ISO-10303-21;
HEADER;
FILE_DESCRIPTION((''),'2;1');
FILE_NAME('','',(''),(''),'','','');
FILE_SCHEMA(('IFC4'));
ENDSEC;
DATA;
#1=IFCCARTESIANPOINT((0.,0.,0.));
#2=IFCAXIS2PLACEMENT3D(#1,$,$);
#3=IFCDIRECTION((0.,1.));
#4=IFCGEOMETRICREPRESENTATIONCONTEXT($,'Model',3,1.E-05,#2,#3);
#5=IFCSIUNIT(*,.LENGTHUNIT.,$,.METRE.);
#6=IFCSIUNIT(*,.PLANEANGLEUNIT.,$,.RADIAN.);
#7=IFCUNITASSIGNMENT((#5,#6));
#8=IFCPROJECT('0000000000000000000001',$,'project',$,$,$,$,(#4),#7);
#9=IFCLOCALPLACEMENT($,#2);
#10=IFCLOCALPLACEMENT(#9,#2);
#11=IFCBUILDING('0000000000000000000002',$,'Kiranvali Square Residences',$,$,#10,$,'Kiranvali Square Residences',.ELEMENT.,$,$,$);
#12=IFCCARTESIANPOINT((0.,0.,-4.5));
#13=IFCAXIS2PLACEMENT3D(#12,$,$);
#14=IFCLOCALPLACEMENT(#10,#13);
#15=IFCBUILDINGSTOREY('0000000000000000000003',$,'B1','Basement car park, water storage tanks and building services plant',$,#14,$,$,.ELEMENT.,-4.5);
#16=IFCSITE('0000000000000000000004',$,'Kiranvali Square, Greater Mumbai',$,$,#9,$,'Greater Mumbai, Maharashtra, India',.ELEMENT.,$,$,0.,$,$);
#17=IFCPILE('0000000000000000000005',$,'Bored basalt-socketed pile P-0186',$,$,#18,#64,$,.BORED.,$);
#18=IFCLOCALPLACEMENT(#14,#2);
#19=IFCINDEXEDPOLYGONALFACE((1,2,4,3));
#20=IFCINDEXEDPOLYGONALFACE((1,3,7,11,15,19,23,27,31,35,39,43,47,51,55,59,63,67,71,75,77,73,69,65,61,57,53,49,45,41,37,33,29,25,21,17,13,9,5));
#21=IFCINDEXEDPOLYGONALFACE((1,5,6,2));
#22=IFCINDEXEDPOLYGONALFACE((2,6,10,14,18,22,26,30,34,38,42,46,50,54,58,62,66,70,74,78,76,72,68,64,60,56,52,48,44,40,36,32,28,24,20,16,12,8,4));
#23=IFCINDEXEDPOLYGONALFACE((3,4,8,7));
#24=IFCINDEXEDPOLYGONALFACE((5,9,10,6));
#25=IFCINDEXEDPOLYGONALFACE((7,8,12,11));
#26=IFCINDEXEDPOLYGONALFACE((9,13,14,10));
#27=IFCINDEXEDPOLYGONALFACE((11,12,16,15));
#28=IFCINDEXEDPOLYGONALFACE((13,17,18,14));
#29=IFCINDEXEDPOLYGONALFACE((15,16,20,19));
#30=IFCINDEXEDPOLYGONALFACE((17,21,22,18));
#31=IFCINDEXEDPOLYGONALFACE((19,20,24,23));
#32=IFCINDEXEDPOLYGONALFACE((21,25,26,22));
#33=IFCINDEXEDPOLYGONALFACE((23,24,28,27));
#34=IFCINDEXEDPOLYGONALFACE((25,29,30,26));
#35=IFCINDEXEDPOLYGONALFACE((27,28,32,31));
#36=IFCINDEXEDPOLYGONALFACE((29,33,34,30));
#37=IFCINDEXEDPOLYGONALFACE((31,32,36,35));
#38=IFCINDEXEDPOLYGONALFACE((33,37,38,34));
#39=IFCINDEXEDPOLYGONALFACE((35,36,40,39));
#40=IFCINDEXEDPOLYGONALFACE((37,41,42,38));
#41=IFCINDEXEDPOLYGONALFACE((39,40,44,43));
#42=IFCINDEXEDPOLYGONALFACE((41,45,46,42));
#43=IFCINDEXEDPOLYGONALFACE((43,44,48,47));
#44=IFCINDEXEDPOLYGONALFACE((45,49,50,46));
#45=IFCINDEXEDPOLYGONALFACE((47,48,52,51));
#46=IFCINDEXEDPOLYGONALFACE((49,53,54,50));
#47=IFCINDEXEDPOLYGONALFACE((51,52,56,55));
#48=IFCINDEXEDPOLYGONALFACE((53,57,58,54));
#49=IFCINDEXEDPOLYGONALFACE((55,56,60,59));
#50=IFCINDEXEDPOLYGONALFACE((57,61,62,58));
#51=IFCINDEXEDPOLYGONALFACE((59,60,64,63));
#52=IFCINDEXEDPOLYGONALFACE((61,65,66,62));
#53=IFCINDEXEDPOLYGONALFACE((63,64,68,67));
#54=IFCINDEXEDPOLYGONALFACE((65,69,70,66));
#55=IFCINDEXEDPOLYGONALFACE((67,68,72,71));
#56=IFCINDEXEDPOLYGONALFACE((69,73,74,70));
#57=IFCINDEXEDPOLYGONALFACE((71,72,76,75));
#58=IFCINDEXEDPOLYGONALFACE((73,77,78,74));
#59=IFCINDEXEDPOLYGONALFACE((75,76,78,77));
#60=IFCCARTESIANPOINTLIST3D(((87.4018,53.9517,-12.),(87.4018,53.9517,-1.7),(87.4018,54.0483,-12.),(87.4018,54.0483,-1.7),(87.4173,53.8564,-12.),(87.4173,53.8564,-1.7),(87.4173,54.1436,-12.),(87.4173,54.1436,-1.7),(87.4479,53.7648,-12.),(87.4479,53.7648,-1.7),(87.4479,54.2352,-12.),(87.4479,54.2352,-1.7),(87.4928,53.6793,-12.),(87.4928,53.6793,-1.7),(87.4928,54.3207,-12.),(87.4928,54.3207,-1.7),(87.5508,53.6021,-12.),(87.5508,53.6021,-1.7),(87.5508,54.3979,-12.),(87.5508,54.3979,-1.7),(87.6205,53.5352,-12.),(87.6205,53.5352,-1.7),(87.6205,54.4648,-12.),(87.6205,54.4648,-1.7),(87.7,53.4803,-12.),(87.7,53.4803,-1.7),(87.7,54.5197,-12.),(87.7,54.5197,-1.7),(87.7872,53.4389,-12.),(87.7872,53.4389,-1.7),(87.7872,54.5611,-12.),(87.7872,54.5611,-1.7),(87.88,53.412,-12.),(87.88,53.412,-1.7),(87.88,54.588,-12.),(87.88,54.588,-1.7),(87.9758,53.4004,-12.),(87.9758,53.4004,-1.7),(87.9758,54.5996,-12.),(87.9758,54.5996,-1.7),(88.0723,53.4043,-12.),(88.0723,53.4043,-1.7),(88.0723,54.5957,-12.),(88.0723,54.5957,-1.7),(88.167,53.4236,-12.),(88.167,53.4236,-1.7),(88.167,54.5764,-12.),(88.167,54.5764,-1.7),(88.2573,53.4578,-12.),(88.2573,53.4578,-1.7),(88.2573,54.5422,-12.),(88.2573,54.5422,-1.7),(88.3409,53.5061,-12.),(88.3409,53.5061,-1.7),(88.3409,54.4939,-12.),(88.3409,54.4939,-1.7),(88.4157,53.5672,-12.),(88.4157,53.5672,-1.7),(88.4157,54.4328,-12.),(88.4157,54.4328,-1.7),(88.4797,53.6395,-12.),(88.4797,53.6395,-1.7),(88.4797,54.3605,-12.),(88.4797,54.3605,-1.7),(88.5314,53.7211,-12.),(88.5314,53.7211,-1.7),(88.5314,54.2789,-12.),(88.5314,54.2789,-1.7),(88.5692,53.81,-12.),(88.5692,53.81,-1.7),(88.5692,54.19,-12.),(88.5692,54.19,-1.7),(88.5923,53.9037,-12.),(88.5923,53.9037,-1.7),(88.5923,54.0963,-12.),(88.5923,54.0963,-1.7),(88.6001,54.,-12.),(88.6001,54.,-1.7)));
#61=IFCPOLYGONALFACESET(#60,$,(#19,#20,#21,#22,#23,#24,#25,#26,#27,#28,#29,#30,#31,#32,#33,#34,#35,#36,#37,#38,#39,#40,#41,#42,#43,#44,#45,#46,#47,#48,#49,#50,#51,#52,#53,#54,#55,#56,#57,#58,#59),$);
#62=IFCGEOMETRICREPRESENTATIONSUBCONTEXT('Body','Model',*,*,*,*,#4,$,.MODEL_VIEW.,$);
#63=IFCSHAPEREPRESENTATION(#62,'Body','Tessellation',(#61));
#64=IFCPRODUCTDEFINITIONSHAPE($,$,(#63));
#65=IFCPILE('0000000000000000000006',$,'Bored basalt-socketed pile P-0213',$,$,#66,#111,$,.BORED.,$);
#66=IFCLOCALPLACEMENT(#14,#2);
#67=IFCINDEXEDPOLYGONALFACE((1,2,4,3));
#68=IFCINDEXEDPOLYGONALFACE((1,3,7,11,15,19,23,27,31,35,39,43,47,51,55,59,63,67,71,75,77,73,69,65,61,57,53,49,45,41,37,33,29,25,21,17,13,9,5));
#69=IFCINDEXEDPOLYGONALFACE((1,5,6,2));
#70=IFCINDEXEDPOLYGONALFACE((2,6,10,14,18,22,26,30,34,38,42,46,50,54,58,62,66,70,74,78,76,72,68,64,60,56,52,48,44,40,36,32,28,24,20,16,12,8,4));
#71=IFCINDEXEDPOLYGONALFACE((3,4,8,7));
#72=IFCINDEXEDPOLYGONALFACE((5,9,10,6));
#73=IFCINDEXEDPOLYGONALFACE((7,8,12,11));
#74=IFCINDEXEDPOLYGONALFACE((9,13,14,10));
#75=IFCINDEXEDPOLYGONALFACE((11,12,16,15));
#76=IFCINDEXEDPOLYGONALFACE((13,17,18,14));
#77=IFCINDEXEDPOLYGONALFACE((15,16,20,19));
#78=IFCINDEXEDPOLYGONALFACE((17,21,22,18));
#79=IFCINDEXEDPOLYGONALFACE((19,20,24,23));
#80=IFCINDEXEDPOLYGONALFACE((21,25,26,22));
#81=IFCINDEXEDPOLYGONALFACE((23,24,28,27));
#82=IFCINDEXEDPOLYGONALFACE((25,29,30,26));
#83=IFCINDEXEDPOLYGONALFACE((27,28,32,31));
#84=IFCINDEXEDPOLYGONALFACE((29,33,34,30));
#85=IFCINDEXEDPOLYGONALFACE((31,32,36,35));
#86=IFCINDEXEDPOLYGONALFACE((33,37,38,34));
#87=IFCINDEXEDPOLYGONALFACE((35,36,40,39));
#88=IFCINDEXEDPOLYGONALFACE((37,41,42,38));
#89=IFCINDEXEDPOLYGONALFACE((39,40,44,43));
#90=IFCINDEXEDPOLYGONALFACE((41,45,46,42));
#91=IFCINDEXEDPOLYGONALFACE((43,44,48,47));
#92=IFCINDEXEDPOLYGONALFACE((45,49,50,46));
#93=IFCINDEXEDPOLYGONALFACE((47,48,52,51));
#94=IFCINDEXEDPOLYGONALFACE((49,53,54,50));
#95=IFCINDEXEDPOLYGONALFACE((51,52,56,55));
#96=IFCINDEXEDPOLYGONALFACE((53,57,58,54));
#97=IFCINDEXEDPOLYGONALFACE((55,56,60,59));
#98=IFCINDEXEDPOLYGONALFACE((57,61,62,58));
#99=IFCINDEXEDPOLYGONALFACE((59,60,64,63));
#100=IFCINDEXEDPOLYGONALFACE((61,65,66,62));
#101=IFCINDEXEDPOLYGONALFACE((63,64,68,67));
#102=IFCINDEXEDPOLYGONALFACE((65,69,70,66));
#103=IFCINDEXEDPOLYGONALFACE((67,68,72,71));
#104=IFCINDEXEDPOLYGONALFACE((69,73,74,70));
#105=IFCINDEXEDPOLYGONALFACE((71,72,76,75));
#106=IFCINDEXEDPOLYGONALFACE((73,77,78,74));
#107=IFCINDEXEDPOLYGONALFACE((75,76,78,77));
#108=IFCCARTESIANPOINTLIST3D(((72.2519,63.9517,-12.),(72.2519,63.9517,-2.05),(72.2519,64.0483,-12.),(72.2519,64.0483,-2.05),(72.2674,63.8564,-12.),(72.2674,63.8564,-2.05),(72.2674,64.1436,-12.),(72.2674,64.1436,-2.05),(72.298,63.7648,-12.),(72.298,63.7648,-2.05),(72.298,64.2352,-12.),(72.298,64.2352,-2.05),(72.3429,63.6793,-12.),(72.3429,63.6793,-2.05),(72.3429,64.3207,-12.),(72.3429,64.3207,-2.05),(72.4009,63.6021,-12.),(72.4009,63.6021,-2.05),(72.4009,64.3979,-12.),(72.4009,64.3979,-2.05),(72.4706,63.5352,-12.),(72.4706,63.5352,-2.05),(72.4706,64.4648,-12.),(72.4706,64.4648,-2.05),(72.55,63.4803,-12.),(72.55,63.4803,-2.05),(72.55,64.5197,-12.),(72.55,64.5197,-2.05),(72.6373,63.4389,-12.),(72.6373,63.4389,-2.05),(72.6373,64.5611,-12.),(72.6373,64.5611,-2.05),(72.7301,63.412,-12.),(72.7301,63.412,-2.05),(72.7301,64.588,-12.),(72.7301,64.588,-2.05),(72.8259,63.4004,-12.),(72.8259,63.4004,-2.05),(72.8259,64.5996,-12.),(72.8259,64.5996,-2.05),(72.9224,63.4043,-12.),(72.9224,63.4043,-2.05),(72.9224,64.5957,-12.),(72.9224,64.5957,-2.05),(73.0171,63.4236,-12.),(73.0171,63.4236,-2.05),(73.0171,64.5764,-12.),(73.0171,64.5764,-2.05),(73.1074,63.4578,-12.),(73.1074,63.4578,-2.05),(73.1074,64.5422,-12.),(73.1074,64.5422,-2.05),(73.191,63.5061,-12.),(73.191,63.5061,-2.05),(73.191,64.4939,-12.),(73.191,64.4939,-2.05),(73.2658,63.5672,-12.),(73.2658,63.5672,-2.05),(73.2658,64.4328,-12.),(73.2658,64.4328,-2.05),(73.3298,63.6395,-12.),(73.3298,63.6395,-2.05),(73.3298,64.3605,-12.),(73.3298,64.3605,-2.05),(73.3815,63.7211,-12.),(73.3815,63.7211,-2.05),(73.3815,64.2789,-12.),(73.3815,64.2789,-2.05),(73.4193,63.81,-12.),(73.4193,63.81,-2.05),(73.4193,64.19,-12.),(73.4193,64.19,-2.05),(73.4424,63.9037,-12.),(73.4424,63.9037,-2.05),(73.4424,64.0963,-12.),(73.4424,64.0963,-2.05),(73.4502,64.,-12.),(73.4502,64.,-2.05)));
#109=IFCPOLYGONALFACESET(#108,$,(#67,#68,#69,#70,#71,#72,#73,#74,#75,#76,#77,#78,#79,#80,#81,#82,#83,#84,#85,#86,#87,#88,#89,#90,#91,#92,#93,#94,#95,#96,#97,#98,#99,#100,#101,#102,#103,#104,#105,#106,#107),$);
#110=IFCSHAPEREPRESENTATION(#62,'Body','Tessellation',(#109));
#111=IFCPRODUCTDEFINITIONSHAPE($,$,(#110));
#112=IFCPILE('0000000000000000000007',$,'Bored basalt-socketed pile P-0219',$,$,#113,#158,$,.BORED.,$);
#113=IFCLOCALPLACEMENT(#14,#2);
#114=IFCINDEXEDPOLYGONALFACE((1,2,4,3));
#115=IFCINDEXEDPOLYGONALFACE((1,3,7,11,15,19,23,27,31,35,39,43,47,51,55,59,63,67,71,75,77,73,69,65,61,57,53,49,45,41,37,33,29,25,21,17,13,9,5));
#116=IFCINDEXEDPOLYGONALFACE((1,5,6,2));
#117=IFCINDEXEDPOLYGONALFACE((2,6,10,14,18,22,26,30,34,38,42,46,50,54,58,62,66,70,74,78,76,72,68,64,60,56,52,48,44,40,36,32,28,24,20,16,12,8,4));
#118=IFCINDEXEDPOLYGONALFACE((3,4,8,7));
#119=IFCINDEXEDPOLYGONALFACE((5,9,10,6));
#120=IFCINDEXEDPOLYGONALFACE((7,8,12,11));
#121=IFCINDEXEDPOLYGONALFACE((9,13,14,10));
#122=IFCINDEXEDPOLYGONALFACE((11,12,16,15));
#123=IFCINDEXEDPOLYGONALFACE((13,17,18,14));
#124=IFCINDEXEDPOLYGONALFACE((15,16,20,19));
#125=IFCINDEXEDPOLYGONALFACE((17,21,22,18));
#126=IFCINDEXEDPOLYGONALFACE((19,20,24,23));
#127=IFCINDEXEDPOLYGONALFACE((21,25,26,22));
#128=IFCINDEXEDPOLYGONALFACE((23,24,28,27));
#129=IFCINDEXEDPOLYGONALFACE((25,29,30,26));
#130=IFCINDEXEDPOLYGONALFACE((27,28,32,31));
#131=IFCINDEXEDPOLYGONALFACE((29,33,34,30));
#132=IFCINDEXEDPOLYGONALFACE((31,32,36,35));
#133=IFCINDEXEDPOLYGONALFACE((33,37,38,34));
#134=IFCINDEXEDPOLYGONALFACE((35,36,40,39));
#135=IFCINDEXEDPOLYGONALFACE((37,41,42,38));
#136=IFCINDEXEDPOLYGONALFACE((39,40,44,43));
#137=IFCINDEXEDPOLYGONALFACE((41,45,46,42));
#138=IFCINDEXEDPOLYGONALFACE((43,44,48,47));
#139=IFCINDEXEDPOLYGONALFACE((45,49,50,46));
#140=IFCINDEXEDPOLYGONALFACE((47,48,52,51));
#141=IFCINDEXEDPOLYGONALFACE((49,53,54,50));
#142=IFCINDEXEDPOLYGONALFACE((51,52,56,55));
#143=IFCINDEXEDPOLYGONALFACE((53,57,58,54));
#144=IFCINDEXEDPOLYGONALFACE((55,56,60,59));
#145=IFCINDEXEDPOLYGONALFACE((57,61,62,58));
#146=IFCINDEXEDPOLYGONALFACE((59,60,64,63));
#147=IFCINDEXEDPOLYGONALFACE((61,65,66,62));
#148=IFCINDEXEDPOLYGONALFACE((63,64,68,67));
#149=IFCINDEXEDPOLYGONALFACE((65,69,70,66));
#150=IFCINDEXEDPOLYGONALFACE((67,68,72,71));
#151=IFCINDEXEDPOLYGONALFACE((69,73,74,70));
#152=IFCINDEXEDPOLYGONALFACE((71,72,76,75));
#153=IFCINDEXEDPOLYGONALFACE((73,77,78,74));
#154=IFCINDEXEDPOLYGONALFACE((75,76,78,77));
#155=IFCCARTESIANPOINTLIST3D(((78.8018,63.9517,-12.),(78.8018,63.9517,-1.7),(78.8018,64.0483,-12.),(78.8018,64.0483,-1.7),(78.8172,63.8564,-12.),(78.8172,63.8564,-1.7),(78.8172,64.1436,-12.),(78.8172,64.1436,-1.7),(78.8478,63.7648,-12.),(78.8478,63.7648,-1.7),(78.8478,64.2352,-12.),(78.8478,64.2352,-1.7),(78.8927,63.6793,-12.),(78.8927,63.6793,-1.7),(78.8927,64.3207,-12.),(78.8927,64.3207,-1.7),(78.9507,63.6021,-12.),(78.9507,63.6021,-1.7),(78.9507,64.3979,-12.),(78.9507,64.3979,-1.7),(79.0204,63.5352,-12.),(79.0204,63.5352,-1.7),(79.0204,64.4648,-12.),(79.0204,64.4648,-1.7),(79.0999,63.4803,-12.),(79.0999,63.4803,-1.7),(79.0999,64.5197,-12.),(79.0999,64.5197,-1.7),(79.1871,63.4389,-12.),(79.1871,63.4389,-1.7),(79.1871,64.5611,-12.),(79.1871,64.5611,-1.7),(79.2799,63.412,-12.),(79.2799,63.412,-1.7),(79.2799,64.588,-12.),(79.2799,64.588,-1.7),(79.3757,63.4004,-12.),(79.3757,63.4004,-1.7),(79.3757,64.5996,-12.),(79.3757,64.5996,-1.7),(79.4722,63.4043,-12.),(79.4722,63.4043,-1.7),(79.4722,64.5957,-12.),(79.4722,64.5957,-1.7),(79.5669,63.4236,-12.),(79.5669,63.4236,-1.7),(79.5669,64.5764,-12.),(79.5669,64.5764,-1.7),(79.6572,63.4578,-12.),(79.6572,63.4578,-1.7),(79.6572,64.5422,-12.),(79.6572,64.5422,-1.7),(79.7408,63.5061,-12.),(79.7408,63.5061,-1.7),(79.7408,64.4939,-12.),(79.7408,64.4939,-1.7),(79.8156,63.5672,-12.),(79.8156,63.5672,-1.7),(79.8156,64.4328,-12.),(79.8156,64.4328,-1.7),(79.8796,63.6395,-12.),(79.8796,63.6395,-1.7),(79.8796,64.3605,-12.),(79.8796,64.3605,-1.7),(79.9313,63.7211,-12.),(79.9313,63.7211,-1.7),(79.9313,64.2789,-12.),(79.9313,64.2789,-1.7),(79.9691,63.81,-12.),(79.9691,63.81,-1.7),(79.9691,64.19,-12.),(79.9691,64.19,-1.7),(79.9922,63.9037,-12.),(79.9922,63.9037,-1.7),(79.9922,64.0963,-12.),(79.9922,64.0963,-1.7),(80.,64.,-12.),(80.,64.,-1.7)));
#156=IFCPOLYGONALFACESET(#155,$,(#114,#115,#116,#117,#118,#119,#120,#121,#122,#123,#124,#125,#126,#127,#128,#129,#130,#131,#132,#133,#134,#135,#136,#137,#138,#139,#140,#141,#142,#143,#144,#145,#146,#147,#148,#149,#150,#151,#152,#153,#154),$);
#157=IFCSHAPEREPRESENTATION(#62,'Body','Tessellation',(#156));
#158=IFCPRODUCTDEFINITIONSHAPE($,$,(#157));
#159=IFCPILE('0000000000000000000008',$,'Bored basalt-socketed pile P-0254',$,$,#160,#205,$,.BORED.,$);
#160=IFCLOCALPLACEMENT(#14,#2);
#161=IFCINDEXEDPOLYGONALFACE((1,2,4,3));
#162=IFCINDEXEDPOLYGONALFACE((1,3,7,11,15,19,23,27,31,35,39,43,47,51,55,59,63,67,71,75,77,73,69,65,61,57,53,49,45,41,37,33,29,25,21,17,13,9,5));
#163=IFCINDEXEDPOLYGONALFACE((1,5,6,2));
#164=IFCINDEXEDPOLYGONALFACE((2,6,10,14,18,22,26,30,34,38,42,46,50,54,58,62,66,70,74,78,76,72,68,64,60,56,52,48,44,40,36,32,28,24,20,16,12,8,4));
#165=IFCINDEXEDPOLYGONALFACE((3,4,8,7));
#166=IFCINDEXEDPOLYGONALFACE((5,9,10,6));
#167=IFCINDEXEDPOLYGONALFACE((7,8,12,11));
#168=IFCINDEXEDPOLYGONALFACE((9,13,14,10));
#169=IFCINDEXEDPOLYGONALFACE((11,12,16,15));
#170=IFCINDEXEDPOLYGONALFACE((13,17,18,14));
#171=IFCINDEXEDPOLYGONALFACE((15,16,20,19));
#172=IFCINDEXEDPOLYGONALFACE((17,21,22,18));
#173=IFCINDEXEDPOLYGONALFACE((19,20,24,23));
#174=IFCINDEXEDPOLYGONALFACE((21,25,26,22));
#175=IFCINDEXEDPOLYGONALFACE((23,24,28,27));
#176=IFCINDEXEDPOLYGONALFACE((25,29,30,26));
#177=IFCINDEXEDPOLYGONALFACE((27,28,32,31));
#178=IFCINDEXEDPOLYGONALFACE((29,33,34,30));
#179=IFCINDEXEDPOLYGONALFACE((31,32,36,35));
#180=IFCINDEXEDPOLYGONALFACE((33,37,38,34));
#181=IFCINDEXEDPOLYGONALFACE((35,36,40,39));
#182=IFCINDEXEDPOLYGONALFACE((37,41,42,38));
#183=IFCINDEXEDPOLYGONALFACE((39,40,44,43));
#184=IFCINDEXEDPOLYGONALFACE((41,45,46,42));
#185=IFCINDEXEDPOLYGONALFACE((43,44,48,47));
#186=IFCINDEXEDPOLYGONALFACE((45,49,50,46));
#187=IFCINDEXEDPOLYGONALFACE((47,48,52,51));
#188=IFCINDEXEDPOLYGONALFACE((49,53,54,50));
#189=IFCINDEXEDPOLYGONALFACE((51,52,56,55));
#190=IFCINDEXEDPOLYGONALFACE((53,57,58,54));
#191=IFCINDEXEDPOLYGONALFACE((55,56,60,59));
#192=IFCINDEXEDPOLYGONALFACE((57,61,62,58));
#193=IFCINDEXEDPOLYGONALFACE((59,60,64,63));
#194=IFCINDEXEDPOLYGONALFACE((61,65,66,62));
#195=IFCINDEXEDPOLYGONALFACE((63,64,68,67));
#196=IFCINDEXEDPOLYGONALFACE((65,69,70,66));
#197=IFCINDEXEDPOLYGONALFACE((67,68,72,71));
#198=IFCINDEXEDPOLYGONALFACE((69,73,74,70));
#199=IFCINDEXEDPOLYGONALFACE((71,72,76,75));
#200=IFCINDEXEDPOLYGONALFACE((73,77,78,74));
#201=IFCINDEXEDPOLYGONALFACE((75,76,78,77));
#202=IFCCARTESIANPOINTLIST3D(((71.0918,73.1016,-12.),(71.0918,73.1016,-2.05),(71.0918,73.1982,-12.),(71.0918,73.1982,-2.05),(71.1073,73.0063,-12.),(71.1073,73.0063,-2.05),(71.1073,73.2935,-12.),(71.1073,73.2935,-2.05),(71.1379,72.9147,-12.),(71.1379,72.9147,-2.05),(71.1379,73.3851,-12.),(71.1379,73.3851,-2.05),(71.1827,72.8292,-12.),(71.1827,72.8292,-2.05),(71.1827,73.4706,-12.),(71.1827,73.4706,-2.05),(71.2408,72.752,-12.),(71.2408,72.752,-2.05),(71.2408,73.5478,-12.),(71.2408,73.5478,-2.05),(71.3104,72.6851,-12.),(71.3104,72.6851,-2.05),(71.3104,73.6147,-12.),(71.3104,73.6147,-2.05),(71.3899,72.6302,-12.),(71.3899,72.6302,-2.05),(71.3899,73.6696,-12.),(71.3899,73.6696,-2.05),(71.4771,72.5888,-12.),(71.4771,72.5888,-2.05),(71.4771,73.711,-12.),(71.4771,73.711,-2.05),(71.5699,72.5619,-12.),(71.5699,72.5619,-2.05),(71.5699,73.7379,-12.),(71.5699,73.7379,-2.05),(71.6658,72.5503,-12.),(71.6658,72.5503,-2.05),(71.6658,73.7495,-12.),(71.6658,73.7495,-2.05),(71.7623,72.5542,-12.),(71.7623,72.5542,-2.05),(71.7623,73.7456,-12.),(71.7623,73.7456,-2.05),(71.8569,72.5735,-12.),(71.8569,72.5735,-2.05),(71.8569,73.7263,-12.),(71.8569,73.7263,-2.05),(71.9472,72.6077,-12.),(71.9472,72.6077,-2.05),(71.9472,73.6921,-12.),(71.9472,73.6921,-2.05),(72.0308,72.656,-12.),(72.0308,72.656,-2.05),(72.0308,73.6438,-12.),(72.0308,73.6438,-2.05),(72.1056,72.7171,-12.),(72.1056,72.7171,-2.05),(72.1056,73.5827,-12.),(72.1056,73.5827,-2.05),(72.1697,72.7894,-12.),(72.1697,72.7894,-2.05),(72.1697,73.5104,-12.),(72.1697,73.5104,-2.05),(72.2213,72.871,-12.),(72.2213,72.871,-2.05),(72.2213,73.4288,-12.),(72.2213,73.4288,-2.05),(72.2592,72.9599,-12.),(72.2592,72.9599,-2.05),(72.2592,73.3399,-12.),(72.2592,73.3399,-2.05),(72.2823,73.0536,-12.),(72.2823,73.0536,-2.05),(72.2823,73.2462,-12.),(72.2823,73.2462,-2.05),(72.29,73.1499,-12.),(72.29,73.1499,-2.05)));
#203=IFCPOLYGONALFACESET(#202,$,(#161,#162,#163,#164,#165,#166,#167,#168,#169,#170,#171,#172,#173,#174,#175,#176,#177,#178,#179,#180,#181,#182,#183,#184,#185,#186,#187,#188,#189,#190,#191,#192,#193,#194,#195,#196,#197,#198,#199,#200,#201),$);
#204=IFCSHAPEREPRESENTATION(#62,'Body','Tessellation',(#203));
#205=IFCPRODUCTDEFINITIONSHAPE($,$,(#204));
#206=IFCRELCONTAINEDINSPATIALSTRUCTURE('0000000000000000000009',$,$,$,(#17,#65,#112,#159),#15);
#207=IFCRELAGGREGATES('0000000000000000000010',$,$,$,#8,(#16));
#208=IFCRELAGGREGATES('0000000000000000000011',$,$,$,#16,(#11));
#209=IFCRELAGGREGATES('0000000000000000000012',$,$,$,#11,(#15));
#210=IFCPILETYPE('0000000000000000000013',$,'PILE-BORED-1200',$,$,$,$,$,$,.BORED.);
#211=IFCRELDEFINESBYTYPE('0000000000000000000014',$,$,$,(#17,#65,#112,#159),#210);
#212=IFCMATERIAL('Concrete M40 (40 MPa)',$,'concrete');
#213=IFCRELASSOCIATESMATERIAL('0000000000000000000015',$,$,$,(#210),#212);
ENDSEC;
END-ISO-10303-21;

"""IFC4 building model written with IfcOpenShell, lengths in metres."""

from ifc_helpers import new_model, si_unit, direction, frame, origin, origin_2d, place, context, subcontext, project, spatial, circle, extrude, material, material_profile, profile_set, type_object, element, save


model = new_model("IFC4")

# Units and contexts
model_context = context("Model", 3, precision=1e-05, world=origin(), true_north=direction((0.0, 1.0)))
body_context = subcontext(model_context, "Body", "Model", "MODEL_VIEW")
ifc_project = project(units=[si_unit("LENGTHUNIT", "METRE"), si_unit("PLANEANGLEUNIT", "RADIAN")], contexts=[model_context])

# Site, building, storey
site_placement = place(None, origin())
site = spatial("IfcSite", under=ifc_project, at=site_placement, Name="Kiranvali Square, Greater Mumbai", LongName="Greater Mumbai, Maharashtra, India", CompositionType="ELEMENT", RefElevation=0.0)
building_placement = place(site_placement, origin())
building = spatial("IfcBuilding", under=site, at=building_placement, Name="Kiranvali Square Residences", LongName="Kiranvali Square Residences", CompositionType="ELEMENT")
storey_placement = place(building_placement, frame((0.0, 0.0, -4.5)))
storey = spatial("IfcBuildingStorey", under=building, at=storey_placement, Name="B1", Description="Basement car park, water storage tanks and building services plant", CompositionType="ELEMENT", Elevation=-4.5)

# Shared definitions
ifc_material_1 = material(Name="Concrete M40 (40 MPa)", Category="concrete")

# Piles
ifc_material_profile_1 = material_profile(ifc_material_1, circle(Radius=0.6001, at=origin_2d()), Name="BORED PILE 1200")
ifc_profile_set_1 = profile_set([ifc_material_profile_1], Name="Concrete M40 (40 MPa)")
pile_type_1 = type_object("IfcPileType", Name="PILE-BORED-1200", PredefinedType="BORED", material=ifc_profile_set_1)
pile_1_placement = place(storey_placement, frame((88.0, 54.0, -1.7), z_axis=(0.0, 0.0, -1.0), x_axis=(1.0, 0.0, 0.0)))
element("IfcPile", 1, at=pile_1_placement, inside=storey, type_object=pile_type_1, Name="Bored basalt-socketed pile P-0186", PredefinedType="BORED", context=body_context, shape_type="SweptSolid", body=[
    extrude(circle(Radius=0.6001, at=origin_2d()), origin(), (0.0, 0.0, 1.0), 10.3),
])
pile_2_placement = place(storey_placement, frame((72.8501, 64.0, -2.05), z_axis=(0.0, 0.0, -1.0), x_axis=(1.0, 0.0, 0.0)))
element("IfcPile", 2, at=pile_2_placement, inside=storey, type_object=pile_type_1, Name="Bored basalt-socketed pile P-0213", PredefinedType="BORED", context=body_context, shape_type="SweptSolid", body=[
    extrude(circle(Radius=0.6001, at=origin_2d()), origin(), (0.0, 0.0, 1.0), 9.95),
])
pile_3_placement = place(storey_placement, frame((79.3999, 64.0, -1.7), z_axis=(0.0, 0.0, -1.0), x_axis=(1.0, 0.0, 0.0)))
element("IfcPile", 3, at=pile_3_placement, inside=storey, type_object=pile_type_1, Name="Bored basalt-socketed pile P-0219", PredefinedType="BORED", context=body_context, shape_type="SweptSolid", body=[
    extrude(circle(Radius=0.6001, at=origin_2d()), origin(), (0.0, 0.0, 1.0), 10.3),
])
for number, where, z_axis, x_axis, name in (
    (4, (71.6899, 73.1499, -2.05), (0.0, 0.0, -1.0), (1.0, 0.0, 0.0), "Bored basalt-socketed pile P-0254"),
):
    element("IfcPile", number, at=place(storey_placement, frame(where, z_axis=z_axis, x_axis=x_axis)), inside=storey, type_object=pile_type_1, Name=name, PredefinedType="BORED", context=body_context, shape_type="SweptSolid", body=[
        extrude(circle(Radius=0.6001, at=origin_2d()), origin(), (0.0, 0.0, 1.0), 9.95),
    ])

save(model, "model.ifc")
